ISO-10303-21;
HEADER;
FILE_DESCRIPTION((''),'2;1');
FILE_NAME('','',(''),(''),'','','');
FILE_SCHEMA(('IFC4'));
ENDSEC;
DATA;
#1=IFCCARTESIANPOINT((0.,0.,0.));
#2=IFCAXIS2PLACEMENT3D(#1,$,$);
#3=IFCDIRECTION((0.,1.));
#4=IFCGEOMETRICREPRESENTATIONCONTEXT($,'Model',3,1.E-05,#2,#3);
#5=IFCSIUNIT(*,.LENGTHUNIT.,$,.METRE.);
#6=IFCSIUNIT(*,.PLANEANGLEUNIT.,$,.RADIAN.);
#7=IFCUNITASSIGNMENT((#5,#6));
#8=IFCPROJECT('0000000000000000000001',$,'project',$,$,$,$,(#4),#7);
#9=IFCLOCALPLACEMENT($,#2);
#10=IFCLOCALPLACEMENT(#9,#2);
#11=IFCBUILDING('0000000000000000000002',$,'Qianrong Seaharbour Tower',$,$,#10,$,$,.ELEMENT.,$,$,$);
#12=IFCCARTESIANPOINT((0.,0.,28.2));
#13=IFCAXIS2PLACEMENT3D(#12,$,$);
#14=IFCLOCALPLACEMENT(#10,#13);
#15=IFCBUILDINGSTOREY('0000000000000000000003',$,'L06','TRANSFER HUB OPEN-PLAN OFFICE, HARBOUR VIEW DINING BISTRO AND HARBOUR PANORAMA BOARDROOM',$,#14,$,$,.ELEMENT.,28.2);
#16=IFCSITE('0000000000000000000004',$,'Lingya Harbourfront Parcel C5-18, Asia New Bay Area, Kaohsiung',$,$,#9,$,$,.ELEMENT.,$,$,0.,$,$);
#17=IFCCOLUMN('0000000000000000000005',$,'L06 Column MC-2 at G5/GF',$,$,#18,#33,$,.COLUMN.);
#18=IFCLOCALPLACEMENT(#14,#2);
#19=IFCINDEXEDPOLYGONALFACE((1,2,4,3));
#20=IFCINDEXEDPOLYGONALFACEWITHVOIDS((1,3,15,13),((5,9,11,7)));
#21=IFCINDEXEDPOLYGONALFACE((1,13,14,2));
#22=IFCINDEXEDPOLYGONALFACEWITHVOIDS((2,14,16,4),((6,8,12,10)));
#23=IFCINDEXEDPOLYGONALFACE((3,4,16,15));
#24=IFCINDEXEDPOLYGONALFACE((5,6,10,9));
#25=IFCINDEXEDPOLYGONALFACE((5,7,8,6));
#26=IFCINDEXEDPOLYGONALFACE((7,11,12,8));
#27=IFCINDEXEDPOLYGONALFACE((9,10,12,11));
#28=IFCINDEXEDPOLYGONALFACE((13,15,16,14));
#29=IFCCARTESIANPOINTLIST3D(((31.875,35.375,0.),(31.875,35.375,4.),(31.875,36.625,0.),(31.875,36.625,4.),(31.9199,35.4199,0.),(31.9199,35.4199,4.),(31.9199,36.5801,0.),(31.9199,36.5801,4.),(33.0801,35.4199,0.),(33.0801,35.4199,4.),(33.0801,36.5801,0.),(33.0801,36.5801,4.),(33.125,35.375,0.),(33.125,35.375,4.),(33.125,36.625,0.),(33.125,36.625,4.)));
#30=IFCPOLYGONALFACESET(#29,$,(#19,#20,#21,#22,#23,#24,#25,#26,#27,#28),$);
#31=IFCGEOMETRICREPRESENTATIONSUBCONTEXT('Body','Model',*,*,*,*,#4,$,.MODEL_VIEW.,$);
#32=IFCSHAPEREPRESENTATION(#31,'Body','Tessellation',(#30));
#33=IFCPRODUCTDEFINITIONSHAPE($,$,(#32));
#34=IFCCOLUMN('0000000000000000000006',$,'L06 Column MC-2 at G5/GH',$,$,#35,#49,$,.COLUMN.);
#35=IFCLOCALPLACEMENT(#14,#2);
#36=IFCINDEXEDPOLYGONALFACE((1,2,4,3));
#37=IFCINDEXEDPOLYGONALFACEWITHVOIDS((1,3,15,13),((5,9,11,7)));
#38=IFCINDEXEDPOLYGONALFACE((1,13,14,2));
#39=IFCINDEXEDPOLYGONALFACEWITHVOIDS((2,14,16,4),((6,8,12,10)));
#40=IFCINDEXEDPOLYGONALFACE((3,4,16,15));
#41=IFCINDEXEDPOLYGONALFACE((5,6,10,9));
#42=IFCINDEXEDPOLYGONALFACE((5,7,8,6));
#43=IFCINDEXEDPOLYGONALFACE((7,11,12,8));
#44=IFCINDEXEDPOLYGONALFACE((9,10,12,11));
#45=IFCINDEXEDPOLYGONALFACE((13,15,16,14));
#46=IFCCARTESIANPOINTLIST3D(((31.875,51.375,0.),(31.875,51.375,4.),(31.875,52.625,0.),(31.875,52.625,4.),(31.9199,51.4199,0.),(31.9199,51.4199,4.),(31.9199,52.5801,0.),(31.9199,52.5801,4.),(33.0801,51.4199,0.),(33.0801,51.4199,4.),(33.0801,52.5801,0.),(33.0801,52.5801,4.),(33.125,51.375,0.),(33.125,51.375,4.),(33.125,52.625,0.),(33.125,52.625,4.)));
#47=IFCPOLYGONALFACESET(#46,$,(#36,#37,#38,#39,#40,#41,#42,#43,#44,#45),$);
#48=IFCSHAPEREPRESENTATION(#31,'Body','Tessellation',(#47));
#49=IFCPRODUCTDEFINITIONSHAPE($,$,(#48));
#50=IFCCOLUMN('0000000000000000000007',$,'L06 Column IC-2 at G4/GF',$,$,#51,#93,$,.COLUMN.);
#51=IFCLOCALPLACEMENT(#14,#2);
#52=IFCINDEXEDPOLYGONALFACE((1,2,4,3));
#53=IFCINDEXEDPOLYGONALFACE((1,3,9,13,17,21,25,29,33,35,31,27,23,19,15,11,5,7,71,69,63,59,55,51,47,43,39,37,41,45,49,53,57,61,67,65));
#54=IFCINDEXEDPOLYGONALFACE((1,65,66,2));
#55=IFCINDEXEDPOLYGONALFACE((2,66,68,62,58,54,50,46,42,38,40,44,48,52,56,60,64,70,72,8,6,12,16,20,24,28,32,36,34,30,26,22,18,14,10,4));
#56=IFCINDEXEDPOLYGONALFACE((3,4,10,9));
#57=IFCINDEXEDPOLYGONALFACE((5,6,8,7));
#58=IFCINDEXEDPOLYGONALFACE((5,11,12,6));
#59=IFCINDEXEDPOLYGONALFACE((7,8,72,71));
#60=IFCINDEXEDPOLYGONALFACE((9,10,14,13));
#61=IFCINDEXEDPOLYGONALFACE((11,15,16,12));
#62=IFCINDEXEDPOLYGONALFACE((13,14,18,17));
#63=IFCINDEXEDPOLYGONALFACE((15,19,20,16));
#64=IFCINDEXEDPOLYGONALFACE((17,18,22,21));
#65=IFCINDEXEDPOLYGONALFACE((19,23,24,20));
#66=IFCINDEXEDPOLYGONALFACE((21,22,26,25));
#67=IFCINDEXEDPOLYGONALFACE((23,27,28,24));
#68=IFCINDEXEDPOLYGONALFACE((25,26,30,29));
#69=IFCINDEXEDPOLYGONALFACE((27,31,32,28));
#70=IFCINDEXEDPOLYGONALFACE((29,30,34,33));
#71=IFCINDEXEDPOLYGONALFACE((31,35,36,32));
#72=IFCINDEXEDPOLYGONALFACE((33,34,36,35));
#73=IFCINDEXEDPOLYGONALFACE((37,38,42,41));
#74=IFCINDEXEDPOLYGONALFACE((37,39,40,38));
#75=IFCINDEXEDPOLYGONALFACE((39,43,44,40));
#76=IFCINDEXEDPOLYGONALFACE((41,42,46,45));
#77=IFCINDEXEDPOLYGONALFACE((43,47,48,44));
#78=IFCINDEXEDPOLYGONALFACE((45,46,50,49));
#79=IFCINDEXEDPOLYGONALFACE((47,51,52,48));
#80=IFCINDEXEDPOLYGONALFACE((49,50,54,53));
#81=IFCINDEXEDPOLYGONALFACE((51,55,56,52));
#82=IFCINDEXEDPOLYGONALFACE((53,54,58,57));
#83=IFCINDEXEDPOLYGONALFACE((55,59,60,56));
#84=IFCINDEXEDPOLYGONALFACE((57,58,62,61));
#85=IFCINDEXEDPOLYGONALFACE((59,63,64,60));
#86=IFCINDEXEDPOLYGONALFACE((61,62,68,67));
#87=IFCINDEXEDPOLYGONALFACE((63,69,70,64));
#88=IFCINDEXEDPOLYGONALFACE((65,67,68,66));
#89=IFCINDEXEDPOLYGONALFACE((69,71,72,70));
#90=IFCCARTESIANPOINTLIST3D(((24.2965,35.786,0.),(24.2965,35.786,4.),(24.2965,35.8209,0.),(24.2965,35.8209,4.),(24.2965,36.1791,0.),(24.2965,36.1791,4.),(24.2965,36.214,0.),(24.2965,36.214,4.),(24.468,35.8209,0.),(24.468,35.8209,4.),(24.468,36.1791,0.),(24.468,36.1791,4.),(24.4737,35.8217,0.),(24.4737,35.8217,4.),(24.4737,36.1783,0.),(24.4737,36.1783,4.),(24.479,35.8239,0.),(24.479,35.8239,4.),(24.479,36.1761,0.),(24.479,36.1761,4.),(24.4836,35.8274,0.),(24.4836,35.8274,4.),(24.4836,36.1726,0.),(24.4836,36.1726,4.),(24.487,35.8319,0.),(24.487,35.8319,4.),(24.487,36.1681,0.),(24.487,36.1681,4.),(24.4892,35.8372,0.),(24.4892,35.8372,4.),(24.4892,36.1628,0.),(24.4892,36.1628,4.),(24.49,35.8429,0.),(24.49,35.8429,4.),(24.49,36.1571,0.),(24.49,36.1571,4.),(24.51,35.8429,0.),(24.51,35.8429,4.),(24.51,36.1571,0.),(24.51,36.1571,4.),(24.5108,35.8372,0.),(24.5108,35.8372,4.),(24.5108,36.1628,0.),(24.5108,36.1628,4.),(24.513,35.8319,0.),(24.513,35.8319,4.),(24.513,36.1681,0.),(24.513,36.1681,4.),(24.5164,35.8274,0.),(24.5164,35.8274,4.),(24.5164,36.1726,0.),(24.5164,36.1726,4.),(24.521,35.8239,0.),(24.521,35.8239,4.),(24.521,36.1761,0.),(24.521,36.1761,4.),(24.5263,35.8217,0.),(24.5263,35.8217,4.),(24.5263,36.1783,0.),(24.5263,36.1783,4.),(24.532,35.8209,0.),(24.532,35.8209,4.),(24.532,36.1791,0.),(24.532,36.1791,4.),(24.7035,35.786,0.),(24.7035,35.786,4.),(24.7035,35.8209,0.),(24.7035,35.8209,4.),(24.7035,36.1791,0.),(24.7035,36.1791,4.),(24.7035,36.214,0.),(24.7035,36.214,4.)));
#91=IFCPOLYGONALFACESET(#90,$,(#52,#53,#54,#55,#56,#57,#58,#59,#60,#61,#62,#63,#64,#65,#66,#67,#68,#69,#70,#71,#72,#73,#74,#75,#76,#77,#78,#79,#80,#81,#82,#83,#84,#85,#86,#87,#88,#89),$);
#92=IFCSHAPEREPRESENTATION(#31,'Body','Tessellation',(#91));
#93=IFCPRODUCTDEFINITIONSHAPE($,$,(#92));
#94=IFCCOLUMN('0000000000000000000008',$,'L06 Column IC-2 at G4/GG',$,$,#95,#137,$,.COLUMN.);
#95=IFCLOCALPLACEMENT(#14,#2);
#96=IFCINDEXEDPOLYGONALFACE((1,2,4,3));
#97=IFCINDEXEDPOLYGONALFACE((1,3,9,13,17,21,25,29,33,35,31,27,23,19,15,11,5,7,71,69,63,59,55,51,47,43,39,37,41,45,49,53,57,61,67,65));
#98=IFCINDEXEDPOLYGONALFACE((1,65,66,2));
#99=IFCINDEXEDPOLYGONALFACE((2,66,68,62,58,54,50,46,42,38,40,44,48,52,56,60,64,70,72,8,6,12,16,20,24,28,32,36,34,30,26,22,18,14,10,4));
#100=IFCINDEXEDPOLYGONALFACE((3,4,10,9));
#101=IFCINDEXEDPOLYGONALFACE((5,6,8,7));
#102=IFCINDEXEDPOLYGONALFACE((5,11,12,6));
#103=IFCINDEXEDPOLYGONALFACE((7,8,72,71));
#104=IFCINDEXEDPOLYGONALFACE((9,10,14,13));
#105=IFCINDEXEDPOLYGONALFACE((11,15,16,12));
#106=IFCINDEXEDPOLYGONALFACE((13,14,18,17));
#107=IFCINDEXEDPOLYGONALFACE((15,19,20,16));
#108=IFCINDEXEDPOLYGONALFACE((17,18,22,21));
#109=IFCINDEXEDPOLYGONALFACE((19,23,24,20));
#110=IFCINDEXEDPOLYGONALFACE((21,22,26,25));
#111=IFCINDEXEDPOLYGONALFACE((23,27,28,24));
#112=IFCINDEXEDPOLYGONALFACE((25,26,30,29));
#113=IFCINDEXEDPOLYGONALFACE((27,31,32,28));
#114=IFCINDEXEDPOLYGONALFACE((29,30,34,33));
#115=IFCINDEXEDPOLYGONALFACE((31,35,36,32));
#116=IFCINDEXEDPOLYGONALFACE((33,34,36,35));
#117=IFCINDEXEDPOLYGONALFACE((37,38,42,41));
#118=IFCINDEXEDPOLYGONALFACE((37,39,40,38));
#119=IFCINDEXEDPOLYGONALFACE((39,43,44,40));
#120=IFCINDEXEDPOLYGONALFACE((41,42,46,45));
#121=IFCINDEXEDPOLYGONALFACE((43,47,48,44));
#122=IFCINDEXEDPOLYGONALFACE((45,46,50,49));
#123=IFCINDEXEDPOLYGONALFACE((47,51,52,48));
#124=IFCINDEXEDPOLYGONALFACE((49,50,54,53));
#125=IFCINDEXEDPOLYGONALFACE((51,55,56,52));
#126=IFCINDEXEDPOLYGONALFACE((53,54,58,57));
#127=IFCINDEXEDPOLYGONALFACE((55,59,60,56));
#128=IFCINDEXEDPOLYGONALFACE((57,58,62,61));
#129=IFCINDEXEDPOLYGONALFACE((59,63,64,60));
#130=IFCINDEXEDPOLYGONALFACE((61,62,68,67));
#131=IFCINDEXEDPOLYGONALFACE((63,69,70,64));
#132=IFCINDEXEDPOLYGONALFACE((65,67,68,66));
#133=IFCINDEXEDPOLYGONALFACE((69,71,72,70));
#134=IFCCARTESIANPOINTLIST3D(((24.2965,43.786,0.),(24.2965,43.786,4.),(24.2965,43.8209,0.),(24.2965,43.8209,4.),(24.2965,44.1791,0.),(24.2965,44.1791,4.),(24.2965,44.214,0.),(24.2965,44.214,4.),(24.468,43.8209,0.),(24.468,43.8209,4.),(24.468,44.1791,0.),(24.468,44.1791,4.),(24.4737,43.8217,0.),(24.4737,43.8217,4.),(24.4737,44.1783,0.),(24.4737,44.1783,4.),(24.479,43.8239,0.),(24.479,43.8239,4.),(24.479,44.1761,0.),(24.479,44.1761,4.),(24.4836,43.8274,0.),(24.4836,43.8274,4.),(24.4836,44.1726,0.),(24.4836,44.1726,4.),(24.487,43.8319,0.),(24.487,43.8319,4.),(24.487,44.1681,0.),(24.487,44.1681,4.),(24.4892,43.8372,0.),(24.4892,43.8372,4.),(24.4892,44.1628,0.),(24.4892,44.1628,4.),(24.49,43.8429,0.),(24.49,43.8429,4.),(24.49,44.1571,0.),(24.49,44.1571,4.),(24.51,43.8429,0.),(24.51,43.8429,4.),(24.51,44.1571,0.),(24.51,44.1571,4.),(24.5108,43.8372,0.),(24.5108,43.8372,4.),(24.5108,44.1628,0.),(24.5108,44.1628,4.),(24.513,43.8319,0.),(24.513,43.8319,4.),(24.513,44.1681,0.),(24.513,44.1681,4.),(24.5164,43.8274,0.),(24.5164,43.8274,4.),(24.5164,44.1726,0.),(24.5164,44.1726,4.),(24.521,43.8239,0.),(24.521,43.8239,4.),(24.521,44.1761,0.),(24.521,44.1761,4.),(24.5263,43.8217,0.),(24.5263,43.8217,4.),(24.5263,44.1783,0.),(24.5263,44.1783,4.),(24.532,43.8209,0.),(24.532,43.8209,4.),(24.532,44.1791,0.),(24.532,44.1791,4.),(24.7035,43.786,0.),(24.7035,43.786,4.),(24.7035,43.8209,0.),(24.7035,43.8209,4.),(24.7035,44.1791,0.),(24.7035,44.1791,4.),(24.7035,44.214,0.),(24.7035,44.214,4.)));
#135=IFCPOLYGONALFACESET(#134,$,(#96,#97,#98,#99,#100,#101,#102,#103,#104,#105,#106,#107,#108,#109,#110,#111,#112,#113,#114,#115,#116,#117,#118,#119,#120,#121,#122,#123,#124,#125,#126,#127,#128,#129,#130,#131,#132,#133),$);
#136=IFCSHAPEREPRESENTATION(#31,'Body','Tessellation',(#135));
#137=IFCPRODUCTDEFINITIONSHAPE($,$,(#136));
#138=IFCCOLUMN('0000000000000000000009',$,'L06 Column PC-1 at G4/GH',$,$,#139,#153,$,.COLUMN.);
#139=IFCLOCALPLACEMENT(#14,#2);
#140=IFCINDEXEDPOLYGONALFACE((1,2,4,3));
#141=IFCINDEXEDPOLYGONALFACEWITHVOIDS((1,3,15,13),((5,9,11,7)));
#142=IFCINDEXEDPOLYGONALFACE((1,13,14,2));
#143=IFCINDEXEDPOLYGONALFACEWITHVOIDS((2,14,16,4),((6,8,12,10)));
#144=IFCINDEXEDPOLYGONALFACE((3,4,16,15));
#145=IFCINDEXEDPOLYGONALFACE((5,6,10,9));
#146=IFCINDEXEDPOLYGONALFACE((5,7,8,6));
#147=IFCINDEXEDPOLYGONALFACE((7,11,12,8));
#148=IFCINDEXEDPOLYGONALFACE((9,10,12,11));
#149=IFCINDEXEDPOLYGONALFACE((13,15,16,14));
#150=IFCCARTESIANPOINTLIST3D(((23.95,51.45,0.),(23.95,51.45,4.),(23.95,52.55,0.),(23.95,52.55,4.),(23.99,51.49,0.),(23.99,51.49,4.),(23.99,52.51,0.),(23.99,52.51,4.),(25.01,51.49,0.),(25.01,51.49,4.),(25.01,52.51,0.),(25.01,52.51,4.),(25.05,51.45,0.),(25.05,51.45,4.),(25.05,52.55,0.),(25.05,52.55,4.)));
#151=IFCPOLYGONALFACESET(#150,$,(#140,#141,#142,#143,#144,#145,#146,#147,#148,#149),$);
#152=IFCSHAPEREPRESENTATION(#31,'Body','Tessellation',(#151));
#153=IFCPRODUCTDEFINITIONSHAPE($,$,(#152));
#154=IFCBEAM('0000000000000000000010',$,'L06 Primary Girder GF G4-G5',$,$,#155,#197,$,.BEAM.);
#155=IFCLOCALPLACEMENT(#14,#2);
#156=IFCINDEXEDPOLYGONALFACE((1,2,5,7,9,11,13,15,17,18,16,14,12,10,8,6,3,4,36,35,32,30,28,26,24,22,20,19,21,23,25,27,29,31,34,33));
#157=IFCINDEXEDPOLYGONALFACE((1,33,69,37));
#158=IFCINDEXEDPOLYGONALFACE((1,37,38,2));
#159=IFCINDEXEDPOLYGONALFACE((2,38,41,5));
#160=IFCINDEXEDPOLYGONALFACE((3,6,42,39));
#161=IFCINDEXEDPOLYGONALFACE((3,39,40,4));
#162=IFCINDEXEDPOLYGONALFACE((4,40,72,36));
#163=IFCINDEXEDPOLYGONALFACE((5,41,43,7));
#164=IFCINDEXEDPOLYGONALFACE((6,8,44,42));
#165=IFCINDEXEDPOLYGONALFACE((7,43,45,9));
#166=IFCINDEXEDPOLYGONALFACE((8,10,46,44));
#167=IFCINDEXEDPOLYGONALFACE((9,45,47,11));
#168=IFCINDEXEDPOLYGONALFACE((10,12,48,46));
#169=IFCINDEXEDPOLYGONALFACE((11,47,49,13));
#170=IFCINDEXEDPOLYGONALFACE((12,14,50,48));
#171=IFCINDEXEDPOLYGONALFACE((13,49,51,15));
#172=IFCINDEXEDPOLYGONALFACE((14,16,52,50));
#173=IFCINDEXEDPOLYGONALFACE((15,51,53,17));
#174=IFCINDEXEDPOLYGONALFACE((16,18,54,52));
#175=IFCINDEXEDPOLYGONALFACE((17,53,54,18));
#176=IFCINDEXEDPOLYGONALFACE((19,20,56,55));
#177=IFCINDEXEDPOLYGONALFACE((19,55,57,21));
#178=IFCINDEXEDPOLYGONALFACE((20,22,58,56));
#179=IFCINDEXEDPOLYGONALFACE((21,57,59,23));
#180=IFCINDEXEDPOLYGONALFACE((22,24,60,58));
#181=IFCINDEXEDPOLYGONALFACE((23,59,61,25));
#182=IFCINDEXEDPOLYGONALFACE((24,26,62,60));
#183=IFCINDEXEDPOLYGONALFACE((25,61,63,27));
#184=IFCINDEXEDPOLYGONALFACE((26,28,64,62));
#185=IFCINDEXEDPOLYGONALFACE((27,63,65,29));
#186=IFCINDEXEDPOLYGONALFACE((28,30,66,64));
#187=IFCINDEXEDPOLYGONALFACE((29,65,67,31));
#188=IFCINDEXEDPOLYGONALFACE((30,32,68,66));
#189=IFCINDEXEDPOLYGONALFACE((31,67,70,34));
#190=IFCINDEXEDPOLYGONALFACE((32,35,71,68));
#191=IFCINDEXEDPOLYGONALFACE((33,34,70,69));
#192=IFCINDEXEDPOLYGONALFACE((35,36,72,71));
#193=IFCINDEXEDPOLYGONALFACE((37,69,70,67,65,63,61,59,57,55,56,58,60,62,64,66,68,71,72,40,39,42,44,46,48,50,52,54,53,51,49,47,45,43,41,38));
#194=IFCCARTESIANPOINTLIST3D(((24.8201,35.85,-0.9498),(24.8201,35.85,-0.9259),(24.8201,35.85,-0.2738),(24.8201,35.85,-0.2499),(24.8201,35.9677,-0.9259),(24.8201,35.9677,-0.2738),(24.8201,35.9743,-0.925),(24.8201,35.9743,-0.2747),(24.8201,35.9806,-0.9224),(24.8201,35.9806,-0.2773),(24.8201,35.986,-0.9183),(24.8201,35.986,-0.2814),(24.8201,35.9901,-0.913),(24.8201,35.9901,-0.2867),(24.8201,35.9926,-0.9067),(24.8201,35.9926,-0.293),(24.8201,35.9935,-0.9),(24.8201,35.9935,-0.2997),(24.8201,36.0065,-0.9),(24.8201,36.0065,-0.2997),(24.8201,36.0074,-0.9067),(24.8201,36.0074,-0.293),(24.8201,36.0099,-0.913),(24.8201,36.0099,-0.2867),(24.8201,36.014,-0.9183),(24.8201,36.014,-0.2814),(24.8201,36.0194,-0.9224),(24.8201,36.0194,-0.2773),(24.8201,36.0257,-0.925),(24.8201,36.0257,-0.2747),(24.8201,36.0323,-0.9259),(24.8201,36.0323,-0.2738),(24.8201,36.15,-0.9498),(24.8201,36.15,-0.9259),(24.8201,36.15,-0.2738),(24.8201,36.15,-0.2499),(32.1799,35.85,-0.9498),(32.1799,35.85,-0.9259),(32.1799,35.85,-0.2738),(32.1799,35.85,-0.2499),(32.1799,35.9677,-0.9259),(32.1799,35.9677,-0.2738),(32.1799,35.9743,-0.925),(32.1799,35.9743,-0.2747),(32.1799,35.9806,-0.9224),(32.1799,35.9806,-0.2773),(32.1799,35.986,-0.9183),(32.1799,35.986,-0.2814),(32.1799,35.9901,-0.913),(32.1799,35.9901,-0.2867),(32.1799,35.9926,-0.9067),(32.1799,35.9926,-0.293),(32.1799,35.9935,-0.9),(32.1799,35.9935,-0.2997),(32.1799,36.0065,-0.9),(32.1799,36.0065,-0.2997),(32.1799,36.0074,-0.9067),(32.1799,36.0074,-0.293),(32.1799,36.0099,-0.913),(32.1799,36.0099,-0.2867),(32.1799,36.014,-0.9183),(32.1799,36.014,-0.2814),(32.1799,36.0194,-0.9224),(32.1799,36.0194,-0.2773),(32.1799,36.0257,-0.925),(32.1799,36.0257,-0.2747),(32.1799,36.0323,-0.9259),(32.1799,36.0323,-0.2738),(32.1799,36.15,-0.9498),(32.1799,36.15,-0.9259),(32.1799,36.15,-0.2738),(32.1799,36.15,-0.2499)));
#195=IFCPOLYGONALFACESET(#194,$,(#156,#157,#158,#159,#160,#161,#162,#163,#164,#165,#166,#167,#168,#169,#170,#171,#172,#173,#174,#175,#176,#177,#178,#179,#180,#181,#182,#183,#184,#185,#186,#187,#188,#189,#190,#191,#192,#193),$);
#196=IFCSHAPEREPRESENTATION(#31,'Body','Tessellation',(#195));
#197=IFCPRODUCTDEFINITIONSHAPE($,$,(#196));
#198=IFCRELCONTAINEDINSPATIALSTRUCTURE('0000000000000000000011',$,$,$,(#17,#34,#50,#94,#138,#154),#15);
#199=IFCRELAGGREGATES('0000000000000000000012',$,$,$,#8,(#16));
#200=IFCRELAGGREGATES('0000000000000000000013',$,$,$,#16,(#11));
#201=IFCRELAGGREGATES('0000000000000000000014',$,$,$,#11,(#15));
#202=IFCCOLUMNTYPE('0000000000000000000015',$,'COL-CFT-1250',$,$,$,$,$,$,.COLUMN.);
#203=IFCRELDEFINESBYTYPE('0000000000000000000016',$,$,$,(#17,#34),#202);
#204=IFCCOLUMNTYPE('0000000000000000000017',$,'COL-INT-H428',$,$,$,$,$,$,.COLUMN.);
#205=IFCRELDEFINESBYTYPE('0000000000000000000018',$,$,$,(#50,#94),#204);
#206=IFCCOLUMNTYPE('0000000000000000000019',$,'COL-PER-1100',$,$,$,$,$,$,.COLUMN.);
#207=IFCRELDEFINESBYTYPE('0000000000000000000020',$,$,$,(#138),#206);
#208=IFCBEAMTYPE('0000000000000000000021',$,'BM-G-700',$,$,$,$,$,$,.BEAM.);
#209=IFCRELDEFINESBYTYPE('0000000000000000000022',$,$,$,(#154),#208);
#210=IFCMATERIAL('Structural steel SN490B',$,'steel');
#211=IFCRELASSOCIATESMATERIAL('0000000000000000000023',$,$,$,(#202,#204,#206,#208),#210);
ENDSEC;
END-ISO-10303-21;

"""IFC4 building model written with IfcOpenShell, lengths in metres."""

from ifc_helpers import new_model, si_unit, direction, frame, origin, origin_2d, place, context, subcontext, project, spatial, hollow_rectangle, i_section, extrude, material, material_profile, profile_set, type_object, element, save


model = new_model("IFC4")

# Units and contexts
model_context = context("Model", 3, precision=1e-05, world=origin(), true_north=direction((0.0, 1.0)))
body_context = subcontext(model_context, "Body", "Model", "MODEL_VIEW")
ifc_project = project(units=[si_unit("LENGTHUNIT", "METRE"), si_unit("PLANEANGLEUNIT", "RADIAN")], contexts=[model_context])

# Site, building, storey
site_placement = place(None, origin())
site = spatial("IfcSite", under=ifc_project, at=site_placement, Name="Lingya Harbourfront Parcel C5-18, Asia New Bay Area, Kaohsiung", CompositionType="ELEMENT", RefElevation=0.0)
building_placement = place(site_placement, origin())
building = spatial("IfcBuilding", under=site, at=building_placement, Name="Qianrong Seaharbour Tower", CompositionType="ELEMENT")
storey_placement = place(building_placement, frame((0.0, 0.0, 28.2)))
storey = spatial("IfcBuildingStorey", under=building, at=storey_placement, Name="L06", Description="TRANSFER HUB OPEN-PLAN OFFICE, HARBOUR VIEW DINING BISTRO AND HARBOUR PANORAMA BOARDROOM", CompositionType="ELEMENT", Elevation=28.2)

# Columns
ifc_material_1 = material(Name="Structural steel SN490B", Category="steel")
ifc_material_profile_1 = material_profile(ifc_material_1, hollow_rectangle(XDim=1.25, YDim=1.25, WallThickness=0.0449, at=origin_2d()), Name="BOX1250x1250x45")
ifc_profile_set_1 = profile_set([ifc_material_profile_1], Name="Structural steel SN490B")
column_type_1 = type_object("IfcColumnType", Name="COL-CFT-1250", PredefinedType="COLUMN", material=ifc_profile_set_1)
for number, where, z_axis, x_axis, name in (
    (1, (32.5, 36.0, 0.0), (0.0, 0.0, 1.0), (1.0, 0.0, 0.0), "L06 Column MC-2 at G5/GF"),
    (2, (32.5, 52.0, 0.0), (0.0, 0.0, 1.0), (1.0, 0.0, 0.0), "L06 Column MC-2 at G5/GH"),
):
    element("IfcColumn", number, at=place(storey_placement, frame(where, z_axis=z_axis, x_axis=x_axis)), inside=storey, type_object=column_type_1, Name=name, PredefinedType="COLUMN", context=body_context, shape_type="SweptSolid", body=[
        extrude(hollow_rectangle(XDim=1.25, YDim=1.25, WallThickness=0.0449, at=origin_2d()), origin(), (0.0, 0.0, 1.0), 4.0),
    ])
ifc_material_profile_2 = material_profile(ifc_material_1, i_section(OverallWidth=0.407, OverallDepth=0.428, WebThickness=0.02, FlangeThickness=0.0349, FilletRadius=0.022, at=origin_2d()), Name="H428x407x20x35")
ifc_profile_set_2 = profile_set([ifc_material_profile_2], Name="Structural steel SN490B")
column_type_2 = type_object("IfcColumnType", Name="COL-INT-H428", PredefinedType="COLUMN", material=ifc_profile_set_2)
for number, where, z_axis, x_axis, name in (
    (3, (24.5, 36.0, 0.0), (0.0, 0.0, 1.0), (1.0, 0.0, 0.0), "L06 Column IC-2 at G4/GF"),
    (4, (24.5, 44.0, 0.0), (0.0, 0.0, 1.0), (1.0, 0.0, 0.0), "L06 Column IC-2 at G4/GG"),
):
    element("IfcColumn", number, at=place(storey_placement, frame(where, z_axis=z_axis, x_axis=x_axis)), inside=storey, type_object=column_type_2, Name=name, PredefinedType="COLUMN", context=body_context, shape_type="SweptSolid", body=[
        extrude(i_section(OverallWidth=0.407, OverallDepth=0.428, WebThickness=0.02, FlangeThickness=0.0349, FilletRadius=0.022, at=origin_2d()), origin(), (0.0, 0.0, 1.0), 4.0),
    ])
ifc_material_profile_3 = material_profile(ifc_material_1, hollow_rectangle(XDim=1.1001, YDim=1.1001, WallThickness=0.04, at=origin_2d()), Name="BOX1100x1100x40")
ifc_profile_set_3 = profile_set([ifc_material_profile_3], Name="Structural steel SN490B")
column_type_3 = type_object("IfcColumnType", Name="COL-PER-1100", PredefinedType="COLUMN", material=ifc_profile_set_3)
column_placement = place(storey_placement, frame((24.5, 52.0, 0.0), z_axis=(0.0, 0.0, 1.0), x_axis=(1.0, 0.0, 0.0)))
element("IfcColumn", 5, at=column_placement, inside=storey, type_object=column_type_3, Name="L06 Column PC-1 at G4/GH", PredefinedType="COLUMN", context=body_context, shape_type="SweptSolid", body=[
    extrude(hollow_rectangle(XDim=1.1001, YDim=1.1001, WallThickness=0.04, at=origin_2d()), origin(), (0.0, 0.0, 1.0), 4.0),
])

# Beam
ifc_material_profile_4 = material_profile(ifc_material_1, i_section(OverallWidth=0.3, OverallDepth=0.7, WebThickness=0.0129, FlangeThickness=0.0239, FilletRadius=0.0259, at=origin_2d()), Name="H700x300x13x24")
ifc_profile_set_4 = profile_set([ifc_material_profile_4], Name="Structural steel SN490B")
beam_type_1 = type_object("IfcBeamType", Name="BM-G-700", PredefinedType="BEAM", material=ifc_profile_set_4)
for number, where, z_axis, x_axis, name in (
    (6, (24.8201, 36.0, -0.5999), (1.0, 0.0, 0.0), (0.0, 1.0, 0.0), "L06 Primary Girder GF G4-G5"),
):
    element("IfcBeam", number, at=place(storey_placement, frame(where, z_axis=z_axis, x_axis=x_axis)), inside=storey, type_object=beam_type_1, Name=name, PredefinedType="BEAM", context=body_context, shape_type="SweptSolid", body=[
        extrude(i_section(OverallWidth=0.3, OverallDepth=0.7, WebThickness=0.0129, FlangeThickness=0.0239, FilletRadius=0.0259, at=origin_2d()), origin(), (0.0, 0.0, 1.0), 7.3599),
    ])

save(model, "model.ifc")
